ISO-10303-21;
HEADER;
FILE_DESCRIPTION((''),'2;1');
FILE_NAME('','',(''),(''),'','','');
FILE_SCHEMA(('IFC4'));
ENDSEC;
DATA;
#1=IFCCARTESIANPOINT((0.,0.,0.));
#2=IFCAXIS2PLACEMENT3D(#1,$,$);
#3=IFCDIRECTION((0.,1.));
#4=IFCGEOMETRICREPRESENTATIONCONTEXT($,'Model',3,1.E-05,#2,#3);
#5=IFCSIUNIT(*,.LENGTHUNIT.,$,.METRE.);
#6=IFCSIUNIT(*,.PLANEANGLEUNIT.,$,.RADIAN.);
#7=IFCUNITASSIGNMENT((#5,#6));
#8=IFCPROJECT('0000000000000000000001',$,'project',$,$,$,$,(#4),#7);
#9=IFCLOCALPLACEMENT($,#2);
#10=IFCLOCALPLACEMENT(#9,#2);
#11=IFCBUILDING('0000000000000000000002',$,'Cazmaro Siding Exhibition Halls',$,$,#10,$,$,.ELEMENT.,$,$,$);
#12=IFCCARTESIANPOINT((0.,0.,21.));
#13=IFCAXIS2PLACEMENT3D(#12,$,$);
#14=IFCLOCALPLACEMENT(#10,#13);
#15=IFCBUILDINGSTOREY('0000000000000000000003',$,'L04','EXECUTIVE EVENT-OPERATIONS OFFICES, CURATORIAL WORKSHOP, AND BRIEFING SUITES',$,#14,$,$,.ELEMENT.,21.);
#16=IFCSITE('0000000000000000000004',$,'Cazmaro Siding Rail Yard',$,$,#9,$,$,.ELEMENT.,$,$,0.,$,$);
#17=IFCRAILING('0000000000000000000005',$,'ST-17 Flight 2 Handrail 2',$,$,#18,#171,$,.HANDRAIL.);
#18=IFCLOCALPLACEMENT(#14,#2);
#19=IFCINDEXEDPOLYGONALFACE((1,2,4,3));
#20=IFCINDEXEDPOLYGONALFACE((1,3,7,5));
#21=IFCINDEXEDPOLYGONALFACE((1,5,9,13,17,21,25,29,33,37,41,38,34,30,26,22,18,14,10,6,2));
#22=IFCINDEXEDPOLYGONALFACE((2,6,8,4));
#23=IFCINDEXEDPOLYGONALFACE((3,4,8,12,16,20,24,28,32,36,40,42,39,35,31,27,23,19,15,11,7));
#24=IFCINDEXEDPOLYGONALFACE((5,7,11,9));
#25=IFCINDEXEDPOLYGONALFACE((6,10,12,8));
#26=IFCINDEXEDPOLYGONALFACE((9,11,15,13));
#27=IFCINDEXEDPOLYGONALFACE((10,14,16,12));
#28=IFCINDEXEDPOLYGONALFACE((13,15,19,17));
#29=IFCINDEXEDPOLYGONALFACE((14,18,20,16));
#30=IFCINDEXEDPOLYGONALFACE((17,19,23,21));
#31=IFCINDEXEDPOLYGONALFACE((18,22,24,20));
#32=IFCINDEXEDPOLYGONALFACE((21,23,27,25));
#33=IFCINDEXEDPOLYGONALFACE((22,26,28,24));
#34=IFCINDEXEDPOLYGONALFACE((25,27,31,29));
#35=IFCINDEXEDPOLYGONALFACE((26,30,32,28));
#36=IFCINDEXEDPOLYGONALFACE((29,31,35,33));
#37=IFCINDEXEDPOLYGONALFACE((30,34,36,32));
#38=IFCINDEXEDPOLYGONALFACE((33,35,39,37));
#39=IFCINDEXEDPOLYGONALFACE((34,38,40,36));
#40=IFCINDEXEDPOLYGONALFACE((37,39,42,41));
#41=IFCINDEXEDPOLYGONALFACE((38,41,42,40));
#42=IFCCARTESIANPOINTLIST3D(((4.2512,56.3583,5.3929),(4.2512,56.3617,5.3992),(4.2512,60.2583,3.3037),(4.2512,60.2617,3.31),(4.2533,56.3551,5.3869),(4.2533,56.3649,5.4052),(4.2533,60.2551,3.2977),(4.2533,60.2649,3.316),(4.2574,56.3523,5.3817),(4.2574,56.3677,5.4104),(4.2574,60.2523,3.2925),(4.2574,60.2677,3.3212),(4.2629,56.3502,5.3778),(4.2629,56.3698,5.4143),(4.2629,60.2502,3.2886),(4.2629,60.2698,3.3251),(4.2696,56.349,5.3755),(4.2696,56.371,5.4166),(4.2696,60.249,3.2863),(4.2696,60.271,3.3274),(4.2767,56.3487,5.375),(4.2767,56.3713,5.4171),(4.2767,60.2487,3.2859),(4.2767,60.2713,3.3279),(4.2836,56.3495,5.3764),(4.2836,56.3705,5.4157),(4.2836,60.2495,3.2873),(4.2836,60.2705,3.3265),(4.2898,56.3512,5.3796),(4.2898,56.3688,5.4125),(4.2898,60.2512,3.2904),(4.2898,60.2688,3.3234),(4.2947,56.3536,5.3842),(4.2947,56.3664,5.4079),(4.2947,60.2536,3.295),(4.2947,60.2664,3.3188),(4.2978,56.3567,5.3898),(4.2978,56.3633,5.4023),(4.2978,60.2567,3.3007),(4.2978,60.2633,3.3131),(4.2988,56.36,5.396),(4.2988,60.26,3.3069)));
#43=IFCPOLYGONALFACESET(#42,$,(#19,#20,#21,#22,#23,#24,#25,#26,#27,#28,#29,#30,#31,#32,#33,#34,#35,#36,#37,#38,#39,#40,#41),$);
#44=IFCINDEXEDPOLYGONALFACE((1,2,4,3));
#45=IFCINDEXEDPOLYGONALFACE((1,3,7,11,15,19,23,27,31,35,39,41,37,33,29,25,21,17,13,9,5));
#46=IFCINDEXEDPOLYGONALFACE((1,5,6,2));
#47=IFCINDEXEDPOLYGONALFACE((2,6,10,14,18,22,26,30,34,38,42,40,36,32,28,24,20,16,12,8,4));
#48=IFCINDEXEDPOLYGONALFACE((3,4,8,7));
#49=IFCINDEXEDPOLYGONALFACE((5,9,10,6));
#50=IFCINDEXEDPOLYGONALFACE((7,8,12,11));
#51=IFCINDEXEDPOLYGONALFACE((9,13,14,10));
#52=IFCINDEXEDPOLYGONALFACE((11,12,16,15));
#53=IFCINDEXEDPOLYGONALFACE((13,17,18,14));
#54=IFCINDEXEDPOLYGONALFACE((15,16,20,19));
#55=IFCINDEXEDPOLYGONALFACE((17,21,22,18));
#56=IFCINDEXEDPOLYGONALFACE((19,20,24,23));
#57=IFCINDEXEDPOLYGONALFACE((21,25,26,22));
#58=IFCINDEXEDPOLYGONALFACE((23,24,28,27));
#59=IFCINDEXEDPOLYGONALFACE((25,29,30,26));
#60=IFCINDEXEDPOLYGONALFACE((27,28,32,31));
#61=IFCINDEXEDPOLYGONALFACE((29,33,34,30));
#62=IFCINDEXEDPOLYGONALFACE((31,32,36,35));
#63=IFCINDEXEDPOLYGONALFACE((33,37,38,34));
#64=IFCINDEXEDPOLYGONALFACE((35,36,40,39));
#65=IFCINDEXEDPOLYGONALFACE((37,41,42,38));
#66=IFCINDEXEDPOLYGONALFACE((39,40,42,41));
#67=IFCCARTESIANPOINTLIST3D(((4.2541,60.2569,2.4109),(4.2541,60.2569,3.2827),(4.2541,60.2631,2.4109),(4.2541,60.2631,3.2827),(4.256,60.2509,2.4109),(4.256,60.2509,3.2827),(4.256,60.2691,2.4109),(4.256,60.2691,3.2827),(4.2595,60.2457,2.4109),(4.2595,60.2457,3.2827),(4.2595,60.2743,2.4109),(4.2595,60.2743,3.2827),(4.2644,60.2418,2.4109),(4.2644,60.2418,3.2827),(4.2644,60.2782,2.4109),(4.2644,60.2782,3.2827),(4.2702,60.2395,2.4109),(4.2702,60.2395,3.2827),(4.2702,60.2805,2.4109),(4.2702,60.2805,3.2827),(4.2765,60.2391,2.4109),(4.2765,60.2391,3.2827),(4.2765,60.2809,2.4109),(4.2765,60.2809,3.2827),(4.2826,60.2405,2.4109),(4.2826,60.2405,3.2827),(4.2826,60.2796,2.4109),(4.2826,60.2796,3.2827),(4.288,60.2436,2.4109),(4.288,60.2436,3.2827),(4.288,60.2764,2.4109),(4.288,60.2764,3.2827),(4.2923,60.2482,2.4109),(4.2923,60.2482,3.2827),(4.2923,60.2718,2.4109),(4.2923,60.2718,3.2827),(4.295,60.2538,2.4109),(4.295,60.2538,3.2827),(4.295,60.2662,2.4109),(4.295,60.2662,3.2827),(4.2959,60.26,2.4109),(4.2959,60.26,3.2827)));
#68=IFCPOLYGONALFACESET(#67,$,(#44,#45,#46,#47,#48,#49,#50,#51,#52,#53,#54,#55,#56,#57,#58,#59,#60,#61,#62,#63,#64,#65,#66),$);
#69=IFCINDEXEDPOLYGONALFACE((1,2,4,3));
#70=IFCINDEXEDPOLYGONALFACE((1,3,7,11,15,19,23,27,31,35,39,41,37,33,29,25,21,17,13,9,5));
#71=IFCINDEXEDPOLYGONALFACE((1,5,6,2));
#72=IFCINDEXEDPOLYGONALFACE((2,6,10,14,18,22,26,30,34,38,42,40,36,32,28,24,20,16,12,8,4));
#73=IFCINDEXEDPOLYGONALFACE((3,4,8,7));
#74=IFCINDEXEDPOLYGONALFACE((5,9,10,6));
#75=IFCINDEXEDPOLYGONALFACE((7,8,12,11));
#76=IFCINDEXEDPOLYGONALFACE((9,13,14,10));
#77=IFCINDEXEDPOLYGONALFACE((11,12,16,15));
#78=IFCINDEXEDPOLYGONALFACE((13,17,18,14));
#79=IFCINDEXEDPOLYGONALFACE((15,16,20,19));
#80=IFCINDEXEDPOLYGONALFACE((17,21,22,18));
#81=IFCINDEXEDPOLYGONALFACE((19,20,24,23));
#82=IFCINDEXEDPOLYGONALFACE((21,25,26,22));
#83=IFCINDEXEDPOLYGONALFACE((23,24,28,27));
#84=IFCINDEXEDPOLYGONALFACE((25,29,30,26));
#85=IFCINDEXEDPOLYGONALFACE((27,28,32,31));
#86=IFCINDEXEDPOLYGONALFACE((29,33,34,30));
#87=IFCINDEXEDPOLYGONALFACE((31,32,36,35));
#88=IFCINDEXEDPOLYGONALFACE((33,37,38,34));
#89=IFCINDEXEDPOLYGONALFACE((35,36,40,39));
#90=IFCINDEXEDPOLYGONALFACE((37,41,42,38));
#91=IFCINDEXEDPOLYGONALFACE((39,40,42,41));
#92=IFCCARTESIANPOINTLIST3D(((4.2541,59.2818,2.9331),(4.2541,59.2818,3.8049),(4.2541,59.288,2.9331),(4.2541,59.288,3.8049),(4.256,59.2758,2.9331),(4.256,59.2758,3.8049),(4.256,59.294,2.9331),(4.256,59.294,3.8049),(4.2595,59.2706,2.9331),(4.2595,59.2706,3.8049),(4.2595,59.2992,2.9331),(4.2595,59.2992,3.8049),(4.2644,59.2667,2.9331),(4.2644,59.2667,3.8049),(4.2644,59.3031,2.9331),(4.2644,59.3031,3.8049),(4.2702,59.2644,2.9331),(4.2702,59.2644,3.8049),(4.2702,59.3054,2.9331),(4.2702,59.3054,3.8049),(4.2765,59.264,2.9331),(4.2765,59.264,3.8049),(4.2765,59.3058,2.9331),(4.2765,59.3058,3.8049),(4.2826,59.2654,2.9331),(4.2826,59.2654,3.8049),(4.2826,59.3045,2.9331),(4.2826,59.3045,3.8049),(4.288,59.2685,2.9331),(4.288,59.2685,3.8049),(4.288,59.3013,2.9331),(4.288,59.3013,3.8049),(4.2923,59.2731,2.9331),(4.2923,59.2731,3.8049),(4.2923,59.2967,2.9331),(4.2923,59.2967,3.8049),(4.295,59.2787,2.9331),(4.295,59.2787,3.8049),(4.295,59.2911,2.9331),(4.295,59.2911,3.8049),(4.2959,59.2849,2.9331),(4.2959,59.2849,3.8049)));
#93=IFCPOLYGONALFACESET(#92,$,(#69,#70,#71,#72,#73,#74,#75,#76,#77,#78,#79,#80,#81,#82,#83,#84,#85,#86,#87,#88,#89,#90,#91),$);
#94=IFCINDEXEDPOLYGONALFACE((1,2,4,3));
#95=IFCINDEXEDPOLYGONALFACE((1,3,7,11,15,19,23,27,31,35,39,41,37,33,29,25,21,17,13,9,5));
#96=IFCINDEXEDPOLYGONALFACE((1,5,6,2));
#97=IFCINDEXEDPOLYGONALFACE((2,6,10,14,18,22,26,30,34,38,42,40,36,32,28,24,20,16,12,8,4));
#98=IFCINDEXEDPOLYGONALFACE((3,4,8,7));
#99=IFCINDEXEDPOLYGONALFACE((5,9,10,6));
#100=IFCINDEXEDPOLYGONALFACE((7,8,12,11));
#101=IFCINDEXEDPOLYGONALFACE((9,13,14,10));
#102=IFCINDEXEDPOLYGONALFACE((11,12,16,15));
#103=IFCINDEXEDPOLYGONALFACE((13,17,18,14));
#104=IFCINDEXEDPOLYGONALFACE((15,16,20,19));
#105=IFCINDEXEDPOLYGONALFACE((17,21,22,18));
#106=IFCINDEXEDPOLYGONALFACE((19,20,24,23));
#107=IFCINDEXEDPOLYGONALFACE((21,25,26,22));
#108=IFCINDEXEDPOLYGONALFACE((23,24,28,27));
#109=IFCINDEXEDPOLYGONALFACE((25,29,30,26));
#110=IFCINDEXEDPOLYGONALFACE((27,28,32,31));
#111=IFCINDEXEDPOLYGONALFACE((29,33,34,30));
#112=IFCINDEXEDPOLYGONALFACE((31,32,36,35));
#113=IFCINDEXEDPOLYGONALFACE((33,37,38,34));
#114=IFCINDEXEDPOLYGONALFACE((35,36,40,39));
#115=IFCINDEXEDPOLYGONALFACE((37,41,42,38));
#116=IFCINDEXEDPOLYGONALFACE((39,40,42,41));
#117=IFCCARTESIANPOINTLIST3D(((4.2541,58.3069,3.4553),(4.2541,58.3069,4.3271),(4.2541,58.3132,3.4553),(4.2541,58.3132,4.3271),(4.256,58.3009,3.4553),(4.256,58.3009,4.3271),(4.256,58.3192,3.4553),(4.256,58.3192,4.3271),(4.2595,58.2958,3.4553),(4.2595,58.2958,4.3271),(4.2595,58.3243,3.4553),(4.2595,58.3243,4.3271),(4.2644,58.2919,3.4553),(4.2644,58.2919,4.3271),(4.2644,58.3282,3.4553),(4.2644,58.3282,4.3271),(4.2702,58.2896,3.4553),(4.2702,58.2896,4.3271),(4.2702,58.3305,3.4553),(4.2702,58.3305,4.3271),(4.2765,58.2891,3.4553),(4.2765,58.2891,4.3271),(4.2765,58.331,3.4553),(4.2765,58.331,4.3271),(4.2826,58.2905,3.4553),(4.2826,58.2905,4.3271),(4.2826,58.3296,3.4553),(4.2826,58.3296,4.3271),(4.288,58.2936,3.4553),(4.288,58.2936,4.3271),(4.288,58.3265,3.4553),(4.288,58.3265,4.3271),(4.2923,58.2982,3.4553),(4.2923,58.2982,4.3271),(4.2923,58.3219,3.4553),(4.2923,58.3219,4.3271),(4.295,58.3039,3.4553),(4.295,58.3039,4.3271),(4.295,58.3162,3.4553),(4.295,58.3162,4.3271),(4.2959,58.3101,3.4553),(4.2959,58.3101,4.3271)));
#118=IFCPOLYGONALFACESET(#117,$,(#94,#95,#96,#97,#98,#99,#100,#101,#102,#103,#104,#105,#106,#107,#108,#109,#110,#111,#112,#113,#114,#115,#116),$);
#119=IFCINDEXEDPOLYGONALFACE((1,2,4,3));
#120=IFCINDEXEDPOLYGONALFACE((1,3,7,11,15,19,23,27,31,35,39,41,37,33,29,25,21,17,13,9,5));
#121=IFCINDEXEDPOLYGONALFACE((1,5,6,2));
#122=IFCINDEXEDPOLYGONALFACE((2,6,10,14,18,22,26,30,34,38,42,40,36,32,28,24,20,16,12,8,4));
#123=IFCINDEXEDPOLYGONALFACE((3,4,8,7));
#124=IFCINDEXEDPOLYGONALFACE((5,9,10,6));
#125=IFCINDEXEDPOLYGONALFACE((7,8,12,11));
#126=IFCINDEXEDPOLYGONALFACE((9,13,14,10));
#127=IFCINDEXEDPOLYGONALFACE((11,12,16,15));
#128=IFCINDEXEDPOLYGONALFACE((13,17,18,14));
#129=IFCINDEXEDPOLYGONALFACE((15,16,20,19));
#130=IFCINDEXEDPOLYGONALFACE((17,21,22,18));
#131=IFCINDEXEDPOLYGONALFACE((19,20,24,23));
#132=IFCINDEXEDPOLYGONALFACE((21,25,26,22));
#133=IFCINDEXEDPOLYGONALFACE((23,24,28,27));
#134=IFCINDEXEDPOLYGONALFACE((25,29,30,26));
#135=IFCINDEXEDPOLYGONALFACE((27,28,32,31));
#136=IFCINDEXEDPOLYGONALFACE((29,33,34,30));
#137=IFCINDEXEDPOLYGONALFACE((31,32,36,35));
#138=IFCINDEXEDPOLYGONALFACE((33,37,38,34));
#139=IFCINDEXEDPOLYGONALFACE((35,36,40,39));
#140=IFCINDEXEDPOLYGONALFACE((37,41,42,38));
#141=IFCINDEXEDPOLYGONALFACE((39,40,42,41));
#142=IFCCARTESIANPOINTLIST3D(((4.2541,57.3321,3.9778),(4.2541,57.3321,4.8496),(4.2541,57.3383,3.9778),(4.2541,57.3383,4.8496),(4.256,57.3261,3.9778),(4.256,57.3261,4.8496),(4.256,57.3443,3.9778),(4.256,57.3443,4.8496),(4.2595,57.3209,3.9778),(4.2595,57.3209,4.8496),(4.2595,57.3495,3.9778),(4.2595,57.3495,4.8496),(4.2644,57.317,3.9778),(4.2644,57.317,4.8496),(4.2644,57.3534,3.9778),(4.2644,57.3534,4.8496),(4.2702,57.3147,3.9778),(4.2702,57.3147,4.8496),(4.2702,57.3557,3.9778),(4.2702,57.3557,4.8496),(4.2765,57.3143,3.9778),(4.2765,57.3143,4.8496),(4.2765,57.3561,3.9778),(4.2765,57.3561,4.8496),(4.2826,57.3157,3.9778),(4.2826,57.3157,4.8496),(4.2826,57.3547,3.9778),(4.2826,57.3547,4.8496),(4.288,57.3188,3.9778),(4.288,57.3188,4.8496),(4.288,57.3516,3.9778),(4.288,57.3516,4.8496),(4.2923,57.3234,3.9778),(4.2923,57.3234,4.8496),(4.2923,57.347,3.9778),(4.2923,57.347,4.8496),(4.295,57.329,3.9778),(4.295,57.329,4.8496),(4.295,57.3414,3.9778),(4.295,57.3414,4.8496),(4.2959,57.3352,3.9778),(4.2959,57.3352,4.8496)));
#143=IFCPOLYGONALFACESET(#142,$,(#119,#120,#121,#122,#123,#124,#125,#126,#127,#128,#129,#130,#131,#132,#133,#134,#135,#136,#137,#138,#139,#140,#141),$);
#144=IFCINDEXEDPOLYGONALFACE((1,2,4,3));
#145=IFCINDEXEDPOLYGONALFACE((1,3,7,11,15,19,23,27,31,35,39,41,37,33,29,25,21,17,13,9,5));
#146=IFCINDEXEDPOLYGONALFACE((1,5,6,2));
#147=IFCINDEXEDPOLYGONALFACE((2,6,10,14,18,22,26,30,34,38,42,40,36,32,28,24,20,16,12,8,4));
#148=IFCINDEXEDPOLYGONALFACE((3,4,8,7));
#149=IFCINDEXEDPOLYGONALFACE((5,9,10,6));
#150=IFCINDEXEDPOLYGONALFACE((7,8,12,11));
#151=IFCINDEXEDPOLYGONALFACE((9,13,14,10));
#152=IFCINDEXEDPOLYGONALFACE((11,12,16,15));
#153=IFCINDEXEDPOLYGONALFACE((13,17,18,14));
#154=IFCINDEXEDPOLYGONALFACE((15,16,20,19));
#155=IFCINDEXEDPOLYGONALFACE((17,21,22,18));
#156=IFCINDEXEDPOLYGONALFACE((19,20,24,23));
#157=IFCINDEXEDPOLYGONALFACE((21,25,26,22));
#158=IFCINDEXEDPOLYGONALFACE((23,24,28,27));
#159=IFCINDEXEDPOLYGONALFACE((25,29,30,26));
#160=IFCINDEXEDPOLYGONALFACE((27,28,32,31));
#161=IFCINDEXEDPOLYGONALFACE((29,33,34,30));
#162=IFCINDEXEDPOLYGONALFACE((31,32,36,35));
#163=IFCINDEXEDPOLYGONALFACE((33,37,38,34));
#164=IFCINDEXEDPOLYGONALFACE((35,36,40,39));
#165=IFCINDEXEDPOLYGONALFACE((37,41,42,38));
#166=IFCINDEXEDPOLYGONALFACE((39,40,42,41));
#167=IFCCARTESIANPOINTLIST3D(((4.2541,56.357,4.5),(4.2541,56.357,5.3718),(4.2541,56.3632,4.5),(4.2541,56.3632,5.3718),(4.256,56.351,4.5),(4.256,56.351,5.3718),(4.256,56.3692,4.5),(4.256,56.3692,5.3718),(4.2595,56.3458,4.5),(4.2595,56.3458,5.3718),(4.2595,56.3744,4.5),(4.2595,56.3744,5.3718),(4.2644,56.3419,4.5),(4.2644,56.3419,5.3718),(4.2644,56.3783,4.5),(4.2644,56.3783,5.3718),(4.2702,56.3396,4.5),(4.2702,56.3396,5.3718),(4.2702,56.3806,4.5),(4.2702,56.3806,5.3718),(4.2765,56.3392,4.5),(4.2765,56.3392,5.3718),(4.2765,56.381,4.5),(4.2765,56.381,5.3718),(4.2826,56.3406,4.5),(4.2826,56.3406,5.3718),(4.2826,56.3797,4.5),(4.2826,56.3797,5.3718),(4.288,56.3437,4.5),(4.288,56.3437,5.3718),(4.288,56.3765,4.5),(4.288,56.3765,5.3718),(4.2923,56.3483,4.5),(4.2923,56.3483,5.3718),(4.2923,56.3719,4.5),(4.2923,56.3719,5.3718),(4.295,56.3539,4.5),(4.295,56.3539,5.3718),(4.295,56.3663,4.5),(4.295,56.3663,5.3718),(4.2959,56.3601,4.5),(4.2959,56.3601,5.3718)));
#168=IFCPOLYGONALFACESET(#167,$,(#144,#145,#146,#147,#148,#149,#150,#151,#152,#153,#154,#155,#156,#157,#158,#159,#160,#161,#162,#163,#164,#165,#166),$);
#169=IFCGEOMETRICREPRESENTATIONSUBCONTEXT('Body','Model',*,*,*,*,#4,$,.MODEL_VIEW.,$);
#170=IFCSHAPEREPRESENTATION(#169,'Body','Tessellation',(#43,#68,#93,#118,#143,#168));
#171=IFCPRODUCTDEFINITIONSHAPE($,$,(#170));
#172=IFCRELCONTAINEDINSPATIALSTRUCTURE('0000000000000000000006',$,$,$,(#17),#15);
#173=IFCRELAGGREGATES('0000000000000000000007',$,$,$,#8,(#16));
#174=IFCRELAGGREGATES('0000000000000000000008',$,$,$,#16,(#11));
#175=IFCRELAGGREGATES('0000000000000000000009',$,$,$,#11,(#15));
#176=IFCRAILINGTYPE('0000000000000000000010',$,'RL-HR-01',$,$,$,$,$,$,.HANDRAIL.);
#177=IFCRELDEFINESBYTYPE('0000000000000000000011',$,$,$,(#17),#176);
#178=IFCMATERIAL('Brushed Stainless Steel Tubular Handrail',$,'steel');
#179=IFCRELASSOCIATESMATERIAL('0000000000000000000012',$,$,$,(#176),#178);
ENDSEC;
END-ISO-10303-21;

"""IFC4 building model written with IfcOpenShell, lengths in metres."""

from ifc_helpers import new_model, si_unit, direction, frame, origin, origin_2d, place, context, subcontext, project, spatial, circle, extrude, material, type_object, element, save


model = new_model("IFC4")

# Units and contexts
model_context = context("Model", 3, precision=1e-05, world=origin(), true_north=direction((0.0, 1.0)))
body_context = subcontext(model_context, "Body", "Model", "MODEL_VIEW")
ifc_project = project(units=[si_unit("LENGTHUNIT", "METRE"), si_unit("PLANEANGLEUNIT", "RADIAN")], contexts=[model_context])

# Site, building, storey
site_placement = place(None, origin())
site = spatial("IfcSite", under=ifc_project, at=site_placement, Name="Cazmaro Siding Rail Yard", CompositionType="ELEMENT", RefElevation=0.0)
building_placement = place(site_placement, origin())
building = spatial("IfcBuilding", under=site, at=building_placement, Name="Cazmaro Siding Exhibition Halls", CompositionType="ELEMENT")
storey_placement = place(building_placement, frame((0.0, 0.0, 21.0)))
storey = spatial("IfcBuildingStorey", under=building, at=storey_placement, Name="L04", Description="EXECUTIVE EVENT-OPERATIONS OFFICES, CURATORIAL WORKSHOP, AND BRIEFING SUITES", CompositionType="ELEMENT", Elevation=21.0)

# Railing
ifc_material_1 = material(Name="Brushed Stainless Steel Tubular Handrail", Category="steel")
railing_type_1 = type_object("IfcRailingType", Name="RL-HR-01", PredefinedType="HANDRAIL", material=ifc_material_1)
railing_1_placement = place(storey_placement, frame((4.2749, 60.26, 2.4109)))
element("IfcRailing", 1, at=railing_1_placement, inside=storey, type_object=railing_type_1, Name="ST-17 Flight 2 Handrail 2", PredefinedType="HANDRAIL", context=body_context, shape_type="SweptSolid", body=[
    extrude(circle(Radius=0.0239, at=origin_2d()), frame((0.0, 0.0, 0.896), z_axis=(0.0, -0.881491, 0.4722), x_axis=(1.0, 0.0, 0.0)), (0.0, 0.0, 1.0), 4.4243),
    extrude(circle(Radius=0.021, at=origin_2d()), origin(), (0.0, 0.0, 1.0), 0.8718),
    extrude(circle(Radius=0.021, at=origin_2d()), frame((0.0, -0.9751, 0.5222)), (0.0, 0.0, 1.0), 0.8718),
    extrude(circle(Radius=0.021, at=origin_2d()), frame((0.0, -1.95, 1.0444)), (0.0, 0.0, 1.0), 0.8718),
    extrude(circle(Radius=0.021, at=origin_2d()), frame((0.0, -2.9248, 1.5669)), (0.0, 0.0, 1.0), 0.8718),
    extrude(circle(Radius=0.021, at=origin_2d()), frame((0.0, -3.8999, 2.0891)), (0.0, 0.0, 1.0), 0.8718),
])

save(model, "model.ifc")
